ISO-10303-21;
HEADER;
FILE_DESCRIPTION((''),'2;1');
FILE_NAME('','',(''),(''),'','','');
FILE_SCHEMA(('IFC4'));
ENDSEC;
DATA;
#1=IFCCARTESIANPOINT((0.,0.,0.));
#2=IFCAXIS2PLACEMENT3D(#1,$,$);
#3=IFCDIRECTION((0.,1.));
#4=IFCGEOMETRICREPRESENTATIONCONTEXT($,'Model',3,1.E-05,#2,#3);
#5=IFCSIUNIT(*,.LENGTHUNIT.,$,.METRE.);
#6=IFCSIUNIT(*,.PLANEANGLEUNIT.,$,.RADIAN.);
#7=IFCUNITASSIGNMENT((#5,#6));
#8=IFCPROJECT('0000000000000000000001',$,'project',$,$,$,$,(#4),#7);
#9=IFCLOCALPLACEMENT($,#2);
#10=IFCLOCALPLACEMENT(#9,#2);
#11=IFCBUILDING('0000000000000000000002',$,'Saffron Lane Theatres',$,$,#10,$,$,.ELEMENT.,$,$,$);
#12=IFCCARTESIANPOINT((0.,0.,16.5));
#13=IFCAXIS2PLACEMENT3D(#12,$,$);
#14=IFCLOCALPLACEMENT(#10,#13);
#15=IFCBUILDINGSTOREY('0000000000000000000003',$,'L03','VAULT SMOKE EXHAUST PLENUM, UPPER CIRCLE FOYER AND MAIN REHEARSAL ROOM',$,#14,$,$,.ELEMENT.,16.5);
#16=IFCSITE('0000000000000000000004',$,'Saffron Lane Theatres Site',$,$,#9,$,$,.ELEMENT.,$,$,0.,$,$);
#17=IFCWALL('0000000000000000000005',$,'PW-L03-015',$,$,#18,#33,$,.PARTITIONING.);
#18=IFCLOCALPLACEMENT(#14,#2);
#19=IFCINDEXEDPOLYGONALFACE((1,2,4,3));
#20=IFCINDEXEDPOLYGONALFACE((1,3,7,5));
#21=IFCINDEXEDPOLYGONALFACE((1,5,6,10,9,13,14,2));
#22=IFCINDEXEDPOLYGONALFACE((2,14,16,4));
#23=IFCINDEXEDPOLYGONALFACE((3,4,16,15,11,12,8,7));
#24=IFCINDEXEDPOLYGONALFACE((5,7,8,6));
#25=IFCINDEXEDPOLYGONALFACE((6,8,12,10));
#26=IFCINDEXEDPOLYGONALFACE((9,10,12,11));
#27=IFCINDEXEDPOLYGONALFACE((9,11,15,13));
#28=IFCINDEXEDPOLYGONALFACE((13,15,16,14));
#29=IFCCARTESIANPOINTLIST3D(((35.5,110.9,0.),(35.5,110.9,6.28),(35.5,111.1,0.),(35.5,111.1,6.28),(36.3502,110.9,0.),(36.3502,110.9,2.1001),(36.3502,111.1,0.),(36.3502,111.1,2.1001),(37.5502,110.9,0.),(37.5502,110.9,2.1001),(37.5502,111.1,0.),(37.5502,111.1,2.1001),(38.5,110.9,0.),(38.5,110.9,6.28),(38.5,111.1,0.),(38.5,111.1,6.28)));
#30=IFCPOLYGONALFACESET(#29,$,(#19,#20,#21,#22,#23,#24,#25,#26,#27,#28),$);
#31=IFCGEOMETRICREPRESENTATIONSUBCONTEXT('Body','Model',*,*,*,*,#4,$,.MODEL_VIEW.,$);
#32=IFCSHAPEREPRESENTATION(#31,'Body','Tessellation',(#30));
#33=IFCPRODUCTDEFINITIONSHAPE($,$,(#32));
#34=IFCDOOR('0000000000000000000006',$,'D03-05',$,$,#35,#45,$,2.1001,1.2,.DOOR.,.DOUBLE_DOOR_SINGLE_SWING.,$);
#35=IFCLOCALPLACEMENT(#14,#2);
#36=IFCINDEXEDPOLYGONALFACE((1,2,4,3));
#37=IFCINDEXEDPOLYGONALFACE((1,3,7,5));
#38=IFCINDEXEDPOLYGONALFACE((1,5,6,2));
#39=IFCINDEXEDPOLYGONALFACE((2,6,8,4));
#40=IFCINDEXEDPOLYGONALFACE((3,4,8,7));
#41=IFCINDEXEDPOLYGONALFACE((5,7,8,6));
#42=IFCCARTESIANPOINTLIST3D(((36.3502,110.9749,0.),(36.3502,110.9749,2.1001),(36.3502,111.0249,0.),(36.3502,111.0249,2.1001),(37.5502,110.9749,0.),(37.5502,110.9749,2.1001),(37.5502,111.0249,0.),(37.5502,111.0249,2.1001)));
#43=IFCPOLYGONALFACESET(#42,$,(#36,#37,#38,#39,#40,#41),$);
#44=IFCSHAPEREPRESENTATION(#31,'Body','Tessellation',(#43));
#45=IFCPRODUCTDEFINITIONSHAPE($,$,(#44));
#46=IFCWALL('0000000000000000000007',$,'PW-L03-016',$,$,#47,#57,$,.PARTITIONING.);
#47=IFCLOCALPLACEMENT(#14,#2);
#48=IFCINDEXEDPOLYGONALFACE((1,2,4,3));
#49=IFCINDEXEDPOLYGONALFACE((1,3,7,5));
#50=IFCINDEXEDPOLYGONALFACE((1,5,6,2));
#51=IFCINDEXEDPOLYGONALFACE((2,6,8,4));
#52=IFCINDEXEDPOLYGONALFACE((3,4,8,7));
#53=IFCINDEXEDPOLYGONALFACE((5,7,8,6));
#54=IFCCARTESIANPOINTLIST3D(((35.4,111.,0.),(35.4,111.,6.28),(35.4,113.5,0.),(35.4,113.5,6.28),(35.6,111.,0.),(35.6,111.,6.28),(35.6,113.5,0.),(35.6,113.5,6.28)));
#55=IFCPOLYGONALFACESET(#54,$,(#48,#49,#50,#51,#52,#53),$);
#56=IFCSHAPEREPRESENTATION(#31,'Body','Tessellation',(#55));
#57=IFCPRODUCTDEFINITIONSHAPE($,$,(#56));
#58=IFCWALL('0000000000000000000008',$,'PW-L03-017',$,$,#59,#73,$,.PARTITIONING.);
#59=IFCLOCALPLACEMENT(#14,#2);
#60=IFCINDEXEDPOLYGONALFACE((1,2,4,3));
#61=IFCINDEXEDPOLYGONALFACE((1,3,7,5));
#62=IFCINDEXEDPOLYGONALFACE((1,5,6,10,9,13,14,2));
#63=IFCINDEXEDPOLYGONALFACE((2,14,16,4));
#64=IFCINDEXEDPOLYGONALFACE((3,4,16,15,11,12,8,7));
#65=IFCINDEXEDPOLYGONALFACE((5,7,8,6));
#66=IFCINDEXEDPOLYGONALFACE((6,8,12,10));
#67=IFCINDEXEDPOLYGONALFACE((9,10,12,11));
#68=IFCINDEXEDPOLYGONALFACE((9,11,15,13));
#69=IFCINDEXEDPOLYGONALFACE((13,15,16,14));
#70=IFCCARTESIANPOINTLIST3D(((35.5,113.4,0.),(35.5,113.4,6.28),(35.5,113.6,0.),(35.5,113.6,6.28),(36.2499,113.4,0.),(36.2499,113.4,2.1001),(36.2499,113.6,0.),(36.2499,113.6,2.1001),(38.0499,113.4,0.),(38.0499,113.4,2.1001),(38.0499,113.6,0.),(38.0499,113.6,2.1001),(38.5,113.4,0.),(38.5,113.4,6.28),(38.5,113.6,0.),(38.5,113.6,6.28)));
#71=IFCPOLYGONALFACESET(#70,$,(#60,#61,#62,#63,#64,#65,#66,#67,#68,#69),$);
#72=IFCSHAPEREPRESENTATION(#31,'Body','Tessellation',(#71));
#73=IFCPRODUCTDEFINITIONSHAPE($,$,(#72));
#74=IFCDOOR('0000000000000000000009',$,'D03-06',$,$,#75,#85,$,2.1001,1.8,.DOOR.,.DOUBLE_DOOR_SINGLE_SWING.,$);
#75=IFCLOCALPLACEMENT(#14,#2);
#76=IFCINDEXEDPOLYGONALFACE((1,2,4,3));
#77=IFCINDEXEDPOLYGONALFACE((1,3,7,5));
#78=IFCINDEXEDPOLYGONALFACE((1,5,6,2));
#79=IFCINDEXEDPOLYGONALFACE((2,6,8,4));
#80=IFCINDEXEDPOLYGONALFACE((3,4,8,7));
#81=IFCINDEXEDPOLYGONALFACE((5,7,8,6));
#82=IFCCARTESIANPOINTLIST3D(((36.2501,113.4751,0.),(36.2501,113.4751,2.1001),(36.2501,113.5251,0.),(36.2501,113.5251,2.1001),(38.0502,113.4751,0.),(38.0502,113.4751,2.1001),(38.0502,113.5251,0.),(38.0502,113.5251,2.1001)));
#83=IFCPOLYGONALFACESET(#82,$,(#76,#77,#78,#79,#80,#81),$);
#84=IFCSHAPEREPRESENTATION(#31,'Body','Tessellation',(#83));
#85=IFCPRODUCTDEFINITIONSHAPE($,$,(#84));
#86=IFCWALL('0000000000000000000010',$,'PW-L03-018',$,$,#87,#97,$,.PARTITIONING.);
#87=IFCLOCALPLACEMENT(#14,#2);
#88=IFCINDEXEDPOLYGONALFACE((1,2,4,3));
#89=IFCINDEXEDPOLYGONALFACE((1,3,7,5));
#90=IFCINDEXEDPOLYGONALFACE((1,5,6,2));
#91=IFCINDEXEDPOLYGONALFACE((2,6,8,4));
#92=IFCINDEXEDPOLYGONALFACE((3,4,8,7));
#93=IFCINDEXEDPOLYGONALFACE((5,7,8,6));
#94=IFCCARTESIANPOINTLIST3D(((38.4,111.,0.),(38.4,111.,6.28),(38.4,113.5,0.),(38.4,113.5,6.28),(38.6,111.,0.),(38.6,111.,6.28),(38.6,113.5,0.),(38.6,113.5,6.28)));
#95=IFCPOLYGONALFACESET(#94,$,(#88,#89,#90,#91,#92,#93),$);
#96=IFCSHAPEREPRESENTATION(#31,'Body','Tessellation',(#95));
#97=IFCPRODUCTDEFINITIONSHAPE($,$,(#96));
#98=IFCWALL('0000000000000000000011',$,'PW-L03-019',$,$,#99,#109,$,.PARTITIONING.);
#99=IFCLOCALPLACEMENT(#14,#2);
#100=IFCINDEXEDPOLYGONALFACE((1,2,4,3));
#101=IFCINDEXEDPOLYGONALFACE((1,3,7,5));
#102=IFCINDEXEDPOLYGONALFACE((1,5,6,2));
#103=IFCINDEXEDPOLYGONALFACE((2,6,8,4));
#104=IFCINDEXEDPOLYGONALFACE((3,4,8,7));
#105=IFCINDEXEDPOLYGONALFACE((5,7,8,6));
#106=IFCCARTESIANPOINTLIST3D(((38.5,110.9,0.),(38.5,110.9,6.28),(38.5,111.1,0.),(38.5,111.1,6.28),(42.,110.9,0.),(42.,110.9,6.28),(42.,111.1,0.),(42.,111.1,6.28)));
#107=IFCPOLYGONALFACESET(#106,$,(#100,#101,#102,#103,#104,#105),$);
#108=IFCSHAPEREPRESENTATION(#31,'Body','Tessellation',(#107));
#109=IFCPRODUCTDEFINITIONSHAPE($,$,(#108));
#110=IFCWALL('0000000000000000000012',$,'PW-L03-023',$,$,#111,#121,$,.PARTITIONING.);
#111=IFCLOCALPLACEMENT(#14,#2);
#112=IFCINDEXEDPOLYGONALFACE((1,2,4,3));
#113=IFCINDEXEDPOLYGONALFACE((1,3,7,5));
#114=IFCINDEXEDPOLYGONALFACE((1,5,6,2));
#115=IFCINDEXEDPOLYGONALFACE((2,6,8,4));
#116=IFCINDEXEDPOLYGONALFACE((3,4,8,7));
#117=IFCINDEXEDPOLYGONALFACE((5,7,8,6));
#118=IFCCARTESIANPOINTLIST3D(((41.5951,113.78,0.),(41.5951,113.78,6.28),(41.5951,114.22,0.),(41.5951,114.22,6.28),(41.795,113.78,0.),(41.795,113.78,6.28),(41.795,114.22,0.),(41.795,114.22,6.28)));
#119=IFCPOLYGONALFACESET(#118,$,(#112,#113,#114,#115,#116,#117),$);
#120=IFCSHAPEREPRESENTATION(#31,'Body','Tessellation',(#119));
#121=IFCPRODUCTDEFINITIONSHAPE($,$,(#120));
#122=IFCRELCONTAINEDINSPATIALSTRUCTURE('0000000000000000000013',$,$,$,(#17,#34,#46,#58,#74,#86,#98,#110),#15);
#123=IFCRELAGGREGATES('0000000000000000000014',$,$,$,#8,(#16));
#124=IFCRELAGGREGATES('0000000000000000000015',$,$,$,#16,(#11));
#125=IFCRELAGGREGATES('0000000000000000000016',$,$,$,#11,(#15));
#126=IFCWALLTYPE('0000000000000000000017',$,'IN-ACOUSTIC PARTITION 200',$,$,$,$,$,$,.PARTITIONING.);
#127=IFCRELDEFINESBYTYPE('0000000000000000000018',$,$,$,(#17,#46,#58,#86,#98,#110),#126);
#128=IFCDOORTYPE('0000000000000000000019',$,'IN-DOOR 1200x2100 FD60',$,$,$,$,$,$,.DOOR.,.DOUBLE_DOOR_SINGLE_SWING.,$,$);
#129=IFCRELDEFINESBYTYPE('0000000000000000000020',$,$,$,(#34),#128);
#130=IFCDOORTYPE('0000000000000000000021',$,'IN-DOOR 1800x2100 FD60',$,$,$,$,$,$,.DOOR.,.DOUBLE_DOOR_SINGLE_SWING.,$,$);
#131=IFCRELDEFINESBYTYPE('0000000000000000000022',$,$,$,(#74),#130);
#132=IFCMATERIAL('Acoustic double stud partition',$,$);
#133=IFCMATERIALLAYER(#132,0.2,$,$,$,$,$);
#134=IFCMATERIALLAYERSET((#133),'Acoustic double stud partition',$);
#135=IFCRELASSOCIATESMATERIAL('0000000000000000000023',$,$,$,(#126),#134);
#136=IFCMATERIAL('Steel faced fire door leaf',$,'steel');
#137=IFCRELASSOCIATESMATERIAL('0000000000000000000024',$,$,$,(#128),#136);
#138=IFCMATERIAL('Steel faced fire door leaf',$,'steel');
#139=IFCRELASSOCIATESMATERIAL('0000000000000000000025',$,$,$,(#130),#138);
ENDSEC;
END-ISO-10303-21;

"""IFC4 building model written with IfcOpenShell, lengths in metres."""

from ifc_helpers import new_model, si_unit, direction, frame, frame_2d, origin, place, context, subcontext, project, spatial, rectangle, extrude, material, layer, layer_set, type_object, element, fill, save


model = new_model("IFC4")

# Units and contexts
model_context = context("Model", 3, precision=1e-05, world=origin(), true_north=direction((0.0, 1.0)))
body_context = subcontext(model_context, "Body", "Model", "MODEL_VIEW")
ifc_project = project(units=[si_unit("LENGTHUNIT", "METRE"), si_unit("PLANEANGLEUNIT", "RADIAN")], contexts=[model_context])

# Site, building, storey
site_placement = place(None, origin())
site = spatial("IfcSite", under=ifc_project, at=site_placement, Name="Saffron Lane Theatres Site", CompositionType="ELEMENT", RefElevation=0.0)
building_placement = place(site_placement, origin())
building = spatial("IfcBuilding", under=site, at=building_placement, Name="Saffron Lane Theatres", CompositionType="ELEMENT")
storey_placement = place(building_placement, frame((0.0, 0.0, 16.5)))
storey = spatial("IfcBuildingStorey", under=building, at=storey_placement, Name="L03", Description="VAULT SMOKE EXHAUST PLENUM, UPPER CIRCLE FOYER AND MAIN REHEARSAL ROOM", CompositionType="ELEMENT", Elevation=16.5)

# Shared definitions
ifc_material_1 = material(Name="Acoustic double stud partition")
ifc_layer = layer(ifc_material_1, 0.2)
ifc_layer_set = layer_set([ifc_layer], Name="Acoustic double stud partition")
wall_type = type_object("IfcWallType", Name="IN-ACOUSTIC PARTITION 200", PredefinedType="PARTITIONING", material=ifc_layer_set)

# Wall, opening, door
wall_1_placement = place(storey_placement, frame((35.5, 111.0, 0.0), z_axis=(0.0, 0.0, 1.0), x_axis=(1.0, 0.0, 0.0)))
wall_1 = element("IfcWall", 1, at=wall_1_placement, inside=storey, type_object=wall_type, Name="PW-L03-015", PredefinedType="PARTITIONING", context=body_context, shape_type="SweptSolid", body=[
    extrude(rectangle(XDim=3.0, YDim=0.2, at=frame_2d((1.5, 0.0))), origin(), (0.0, 0.0, 1.0), 6.28),
])
opening_1_placement = place(wall_1_placement, frame((0.8501, 0.0, 0.0)))
opening_1 = element("IfcOpeningElement", 2, at=opening_1_placement, cuts=wall_1, PredefinedType="OPENING", context=body_context, shape_type="SweptSolid", body=[
    extrude(rectangle(XDim=1.2, YDim=2.1001, at=frame_2d((0.6001, 1.05))), frame((0.0, 0.1099, 0.0), z_axis=(0.0, -1.0, 0.0), x_axis=(1.0, 0.0, 0.0)), (0.0, 0.0, 1.0), 0.22),
])
ifc_material_2 = material(Name="Steel faced fire door leaf", Category="steel")
door_type_1 = type_object("IfcDoorType", Name="IN-DOOR 1200x2100 FD60", OperationType="DOUBLE_DOOR_SINGLE_SWING", PredefinedType="DOOR", material=ifc_material_2)
door_1_placement = place(opening_1_placement, origin())
door_1 = element("IfcDoor", 3, at=door_1_placement, inside=storey, type_object=door_type_1, Name="D03-05", OperationType="DOUBLE_DOOR_SINGLE_SWING", OverallHeight=2.1001, OverallWidth=1.2, PredefinedType="DOOR", context=body_context, shape_type="SweptSolid", body=[
    extrude(rectangle(XDim=1.2, YDim=2.1001, at=frame_2d((0.6001, 1.05))), frame((0.0, 0.0249, 0.0), z_axis=(0.0, -1.0, 0.0), x_axis=(1.0, 0.0, 0.0)), (0.0, 0.0, 1.0), 0.05),
])
fill(opening_1, door_1)

# Wall
wall_2_placement = place(storey_placement, frame((35.5, 111.0, 0.0), z_axis=(0.0, 0.0, 1.0), x_axis=(0.0, 1.0, 0.0)))
element("IfcWall", 4, at=wall_2_placement, inside=storey, type_object=wall_type, Name="PW-L03-016", PredefinedType="PARTITIONING", context=body_context, shape_type="SweptSolid", body=[
    extrude(rectangle(XDim=2.5, YDim=0.2, at=frame_2d((1.25, 0.0))), origin(), (0.0, 0.0, 1.0), 6.28),
])

# Wall, opening, door
wall_3_placement = place(storey_placement, frame((35.5, 113.5, 0.0), z_axis=(0.0, 0.0, 1.0), x_axis=(1.0, 0.0, 0.0)))
wall_3 = element("IfcWall", 5, at=wall_3_placement, inside=storey, type_object=wall_type, Name="PW-L03-017", PredefinedType="PARTITIONING", context=body_context, shape_type="SweptSolid", body=[
    extrude(rectangle(XDim=3.0, YDim=0.2, at=frame_2d((1.5, 0.0))), origin(), (0.0, 0.0, 1.0), 6.28),
])
opening_2_placement = place(wall_3_placement, frame((0.75, 0.0, 0.0)))
opening_2 = element("IfcOpeningElement", 6, at=opening_2_placement, cuts=wall_3, PredefinedType="OPENING", context=body_context, shape_type="SweptSolid", body=[
    extrude(rectangle(XDim=1.8, YDim=2.1001, at=frame_2d((0.8999, 1.05))), frame((0.0, 0.1099, 0.0), z_axis=(0.0, -1.0, 0.0), x_axis=(1.0, 0.0, 0.0)), (0.0, 0.0, 1.0), 0.22),
])
ifc_material_3 = material(Name="Steel faced fire door leaf", Category="steel")
door_type_2 = type_object("IfcDoorType", Name="IN-DOOR 1800x2100 FD60", OperationType="DOUBLE_DOOR_SINGLE_SWING", PredefinedType="DOOR", material=ifc_material_3)
door_2_placement = place(opening_2_placement, frame((1.8, 0.0, 0.0), z_axis=(0.0, 0.0, 1.0), x_axis=(-1.0, 0.0, 0.0)))
door_2 = element("IfcDoor", 7, at=door_2_placement, inside=storey, type_object=door_type_2, Name="D03-06", OperationType="DOUBLE_DOOR_SINGLE_SWING", OverallHeight=2.1001, OverallWidth=1.8, PredefinedType="DOOR", context=body_context, shape_type="SweptSolid", body=[
    extrude(rectangle(XDim=1.8, YDim=2.1001, at=frame_2d((0.8999, 1.05))), frame((0.0, 0.0249, 0.0), z_axis=(0.0, -1.0, 0.0), x_axis=(1.0, 0.0, 0.0)), (0.0, 0.0, 1.0), 0.05),
])
fill(opening_2, door_2)

# Walls
wall_4_placement = place(storey_placement, frame((38.5, 111.0, 0.0), z_axis=(0.0, 0.0, 1.0), x_axis=(0.0, 1.0, 0.0)))
element("IfcWall", 8, at=wall_4_placement, inside=storey, type_object=wall_type, Name="PW-L03-018", PredefinedType="PARTITIONING", context=body_context, shape_type="SweptSolid", body=[
    extrude(rectangle(XDim=2.5, YDim=0.2, at=frame_2d((1.25, 0.0))), origin(), (0.0, 0.0, 1.0), 6.28),
])
wall_5_placement = place(storey_placement, frame((38.5, 111.0, 0.0), z_axis=(0.0, 0.0, 1.0), x_axis=(1.0, 0.0, 0.0)))
element("IfcWall", 9, at=wall_5_placement, inside=storey, type_object=wall_type, Name="PW-L03-019", PredefinedType="PARTITIONING", context=body_context, shape_type="SweptSolid", body=[
    extrude(rectangle(XDim=3.5, YDim=0.2, at=frame_2d((1.75, 0.0))), origin(), (0.0, 0.0, 1.0), 6.28),
])
wall_6_placement = place(storey_placement, frame((41.6951, 113.78, 0.0), z_axis=(0.0, 0.0, 1.0), x_axis=(0.0, 1.0, 0.0)))
element("IfcWall", 10, at=wall_6_placement, inside=storey, type_object=wall_type, Name="PW-L03-023", PredefinedType="PARTITIONING", context=body_context, shape_type="SweptSolid", body=[
    extrude(rectangle(XDim=0.4399, YDim=0.2, at=frame_2d((0.22, 0.0))), origin(), (0.0, 0.0, 1.0), 6.28),
])

save(model, "model.ifc")
